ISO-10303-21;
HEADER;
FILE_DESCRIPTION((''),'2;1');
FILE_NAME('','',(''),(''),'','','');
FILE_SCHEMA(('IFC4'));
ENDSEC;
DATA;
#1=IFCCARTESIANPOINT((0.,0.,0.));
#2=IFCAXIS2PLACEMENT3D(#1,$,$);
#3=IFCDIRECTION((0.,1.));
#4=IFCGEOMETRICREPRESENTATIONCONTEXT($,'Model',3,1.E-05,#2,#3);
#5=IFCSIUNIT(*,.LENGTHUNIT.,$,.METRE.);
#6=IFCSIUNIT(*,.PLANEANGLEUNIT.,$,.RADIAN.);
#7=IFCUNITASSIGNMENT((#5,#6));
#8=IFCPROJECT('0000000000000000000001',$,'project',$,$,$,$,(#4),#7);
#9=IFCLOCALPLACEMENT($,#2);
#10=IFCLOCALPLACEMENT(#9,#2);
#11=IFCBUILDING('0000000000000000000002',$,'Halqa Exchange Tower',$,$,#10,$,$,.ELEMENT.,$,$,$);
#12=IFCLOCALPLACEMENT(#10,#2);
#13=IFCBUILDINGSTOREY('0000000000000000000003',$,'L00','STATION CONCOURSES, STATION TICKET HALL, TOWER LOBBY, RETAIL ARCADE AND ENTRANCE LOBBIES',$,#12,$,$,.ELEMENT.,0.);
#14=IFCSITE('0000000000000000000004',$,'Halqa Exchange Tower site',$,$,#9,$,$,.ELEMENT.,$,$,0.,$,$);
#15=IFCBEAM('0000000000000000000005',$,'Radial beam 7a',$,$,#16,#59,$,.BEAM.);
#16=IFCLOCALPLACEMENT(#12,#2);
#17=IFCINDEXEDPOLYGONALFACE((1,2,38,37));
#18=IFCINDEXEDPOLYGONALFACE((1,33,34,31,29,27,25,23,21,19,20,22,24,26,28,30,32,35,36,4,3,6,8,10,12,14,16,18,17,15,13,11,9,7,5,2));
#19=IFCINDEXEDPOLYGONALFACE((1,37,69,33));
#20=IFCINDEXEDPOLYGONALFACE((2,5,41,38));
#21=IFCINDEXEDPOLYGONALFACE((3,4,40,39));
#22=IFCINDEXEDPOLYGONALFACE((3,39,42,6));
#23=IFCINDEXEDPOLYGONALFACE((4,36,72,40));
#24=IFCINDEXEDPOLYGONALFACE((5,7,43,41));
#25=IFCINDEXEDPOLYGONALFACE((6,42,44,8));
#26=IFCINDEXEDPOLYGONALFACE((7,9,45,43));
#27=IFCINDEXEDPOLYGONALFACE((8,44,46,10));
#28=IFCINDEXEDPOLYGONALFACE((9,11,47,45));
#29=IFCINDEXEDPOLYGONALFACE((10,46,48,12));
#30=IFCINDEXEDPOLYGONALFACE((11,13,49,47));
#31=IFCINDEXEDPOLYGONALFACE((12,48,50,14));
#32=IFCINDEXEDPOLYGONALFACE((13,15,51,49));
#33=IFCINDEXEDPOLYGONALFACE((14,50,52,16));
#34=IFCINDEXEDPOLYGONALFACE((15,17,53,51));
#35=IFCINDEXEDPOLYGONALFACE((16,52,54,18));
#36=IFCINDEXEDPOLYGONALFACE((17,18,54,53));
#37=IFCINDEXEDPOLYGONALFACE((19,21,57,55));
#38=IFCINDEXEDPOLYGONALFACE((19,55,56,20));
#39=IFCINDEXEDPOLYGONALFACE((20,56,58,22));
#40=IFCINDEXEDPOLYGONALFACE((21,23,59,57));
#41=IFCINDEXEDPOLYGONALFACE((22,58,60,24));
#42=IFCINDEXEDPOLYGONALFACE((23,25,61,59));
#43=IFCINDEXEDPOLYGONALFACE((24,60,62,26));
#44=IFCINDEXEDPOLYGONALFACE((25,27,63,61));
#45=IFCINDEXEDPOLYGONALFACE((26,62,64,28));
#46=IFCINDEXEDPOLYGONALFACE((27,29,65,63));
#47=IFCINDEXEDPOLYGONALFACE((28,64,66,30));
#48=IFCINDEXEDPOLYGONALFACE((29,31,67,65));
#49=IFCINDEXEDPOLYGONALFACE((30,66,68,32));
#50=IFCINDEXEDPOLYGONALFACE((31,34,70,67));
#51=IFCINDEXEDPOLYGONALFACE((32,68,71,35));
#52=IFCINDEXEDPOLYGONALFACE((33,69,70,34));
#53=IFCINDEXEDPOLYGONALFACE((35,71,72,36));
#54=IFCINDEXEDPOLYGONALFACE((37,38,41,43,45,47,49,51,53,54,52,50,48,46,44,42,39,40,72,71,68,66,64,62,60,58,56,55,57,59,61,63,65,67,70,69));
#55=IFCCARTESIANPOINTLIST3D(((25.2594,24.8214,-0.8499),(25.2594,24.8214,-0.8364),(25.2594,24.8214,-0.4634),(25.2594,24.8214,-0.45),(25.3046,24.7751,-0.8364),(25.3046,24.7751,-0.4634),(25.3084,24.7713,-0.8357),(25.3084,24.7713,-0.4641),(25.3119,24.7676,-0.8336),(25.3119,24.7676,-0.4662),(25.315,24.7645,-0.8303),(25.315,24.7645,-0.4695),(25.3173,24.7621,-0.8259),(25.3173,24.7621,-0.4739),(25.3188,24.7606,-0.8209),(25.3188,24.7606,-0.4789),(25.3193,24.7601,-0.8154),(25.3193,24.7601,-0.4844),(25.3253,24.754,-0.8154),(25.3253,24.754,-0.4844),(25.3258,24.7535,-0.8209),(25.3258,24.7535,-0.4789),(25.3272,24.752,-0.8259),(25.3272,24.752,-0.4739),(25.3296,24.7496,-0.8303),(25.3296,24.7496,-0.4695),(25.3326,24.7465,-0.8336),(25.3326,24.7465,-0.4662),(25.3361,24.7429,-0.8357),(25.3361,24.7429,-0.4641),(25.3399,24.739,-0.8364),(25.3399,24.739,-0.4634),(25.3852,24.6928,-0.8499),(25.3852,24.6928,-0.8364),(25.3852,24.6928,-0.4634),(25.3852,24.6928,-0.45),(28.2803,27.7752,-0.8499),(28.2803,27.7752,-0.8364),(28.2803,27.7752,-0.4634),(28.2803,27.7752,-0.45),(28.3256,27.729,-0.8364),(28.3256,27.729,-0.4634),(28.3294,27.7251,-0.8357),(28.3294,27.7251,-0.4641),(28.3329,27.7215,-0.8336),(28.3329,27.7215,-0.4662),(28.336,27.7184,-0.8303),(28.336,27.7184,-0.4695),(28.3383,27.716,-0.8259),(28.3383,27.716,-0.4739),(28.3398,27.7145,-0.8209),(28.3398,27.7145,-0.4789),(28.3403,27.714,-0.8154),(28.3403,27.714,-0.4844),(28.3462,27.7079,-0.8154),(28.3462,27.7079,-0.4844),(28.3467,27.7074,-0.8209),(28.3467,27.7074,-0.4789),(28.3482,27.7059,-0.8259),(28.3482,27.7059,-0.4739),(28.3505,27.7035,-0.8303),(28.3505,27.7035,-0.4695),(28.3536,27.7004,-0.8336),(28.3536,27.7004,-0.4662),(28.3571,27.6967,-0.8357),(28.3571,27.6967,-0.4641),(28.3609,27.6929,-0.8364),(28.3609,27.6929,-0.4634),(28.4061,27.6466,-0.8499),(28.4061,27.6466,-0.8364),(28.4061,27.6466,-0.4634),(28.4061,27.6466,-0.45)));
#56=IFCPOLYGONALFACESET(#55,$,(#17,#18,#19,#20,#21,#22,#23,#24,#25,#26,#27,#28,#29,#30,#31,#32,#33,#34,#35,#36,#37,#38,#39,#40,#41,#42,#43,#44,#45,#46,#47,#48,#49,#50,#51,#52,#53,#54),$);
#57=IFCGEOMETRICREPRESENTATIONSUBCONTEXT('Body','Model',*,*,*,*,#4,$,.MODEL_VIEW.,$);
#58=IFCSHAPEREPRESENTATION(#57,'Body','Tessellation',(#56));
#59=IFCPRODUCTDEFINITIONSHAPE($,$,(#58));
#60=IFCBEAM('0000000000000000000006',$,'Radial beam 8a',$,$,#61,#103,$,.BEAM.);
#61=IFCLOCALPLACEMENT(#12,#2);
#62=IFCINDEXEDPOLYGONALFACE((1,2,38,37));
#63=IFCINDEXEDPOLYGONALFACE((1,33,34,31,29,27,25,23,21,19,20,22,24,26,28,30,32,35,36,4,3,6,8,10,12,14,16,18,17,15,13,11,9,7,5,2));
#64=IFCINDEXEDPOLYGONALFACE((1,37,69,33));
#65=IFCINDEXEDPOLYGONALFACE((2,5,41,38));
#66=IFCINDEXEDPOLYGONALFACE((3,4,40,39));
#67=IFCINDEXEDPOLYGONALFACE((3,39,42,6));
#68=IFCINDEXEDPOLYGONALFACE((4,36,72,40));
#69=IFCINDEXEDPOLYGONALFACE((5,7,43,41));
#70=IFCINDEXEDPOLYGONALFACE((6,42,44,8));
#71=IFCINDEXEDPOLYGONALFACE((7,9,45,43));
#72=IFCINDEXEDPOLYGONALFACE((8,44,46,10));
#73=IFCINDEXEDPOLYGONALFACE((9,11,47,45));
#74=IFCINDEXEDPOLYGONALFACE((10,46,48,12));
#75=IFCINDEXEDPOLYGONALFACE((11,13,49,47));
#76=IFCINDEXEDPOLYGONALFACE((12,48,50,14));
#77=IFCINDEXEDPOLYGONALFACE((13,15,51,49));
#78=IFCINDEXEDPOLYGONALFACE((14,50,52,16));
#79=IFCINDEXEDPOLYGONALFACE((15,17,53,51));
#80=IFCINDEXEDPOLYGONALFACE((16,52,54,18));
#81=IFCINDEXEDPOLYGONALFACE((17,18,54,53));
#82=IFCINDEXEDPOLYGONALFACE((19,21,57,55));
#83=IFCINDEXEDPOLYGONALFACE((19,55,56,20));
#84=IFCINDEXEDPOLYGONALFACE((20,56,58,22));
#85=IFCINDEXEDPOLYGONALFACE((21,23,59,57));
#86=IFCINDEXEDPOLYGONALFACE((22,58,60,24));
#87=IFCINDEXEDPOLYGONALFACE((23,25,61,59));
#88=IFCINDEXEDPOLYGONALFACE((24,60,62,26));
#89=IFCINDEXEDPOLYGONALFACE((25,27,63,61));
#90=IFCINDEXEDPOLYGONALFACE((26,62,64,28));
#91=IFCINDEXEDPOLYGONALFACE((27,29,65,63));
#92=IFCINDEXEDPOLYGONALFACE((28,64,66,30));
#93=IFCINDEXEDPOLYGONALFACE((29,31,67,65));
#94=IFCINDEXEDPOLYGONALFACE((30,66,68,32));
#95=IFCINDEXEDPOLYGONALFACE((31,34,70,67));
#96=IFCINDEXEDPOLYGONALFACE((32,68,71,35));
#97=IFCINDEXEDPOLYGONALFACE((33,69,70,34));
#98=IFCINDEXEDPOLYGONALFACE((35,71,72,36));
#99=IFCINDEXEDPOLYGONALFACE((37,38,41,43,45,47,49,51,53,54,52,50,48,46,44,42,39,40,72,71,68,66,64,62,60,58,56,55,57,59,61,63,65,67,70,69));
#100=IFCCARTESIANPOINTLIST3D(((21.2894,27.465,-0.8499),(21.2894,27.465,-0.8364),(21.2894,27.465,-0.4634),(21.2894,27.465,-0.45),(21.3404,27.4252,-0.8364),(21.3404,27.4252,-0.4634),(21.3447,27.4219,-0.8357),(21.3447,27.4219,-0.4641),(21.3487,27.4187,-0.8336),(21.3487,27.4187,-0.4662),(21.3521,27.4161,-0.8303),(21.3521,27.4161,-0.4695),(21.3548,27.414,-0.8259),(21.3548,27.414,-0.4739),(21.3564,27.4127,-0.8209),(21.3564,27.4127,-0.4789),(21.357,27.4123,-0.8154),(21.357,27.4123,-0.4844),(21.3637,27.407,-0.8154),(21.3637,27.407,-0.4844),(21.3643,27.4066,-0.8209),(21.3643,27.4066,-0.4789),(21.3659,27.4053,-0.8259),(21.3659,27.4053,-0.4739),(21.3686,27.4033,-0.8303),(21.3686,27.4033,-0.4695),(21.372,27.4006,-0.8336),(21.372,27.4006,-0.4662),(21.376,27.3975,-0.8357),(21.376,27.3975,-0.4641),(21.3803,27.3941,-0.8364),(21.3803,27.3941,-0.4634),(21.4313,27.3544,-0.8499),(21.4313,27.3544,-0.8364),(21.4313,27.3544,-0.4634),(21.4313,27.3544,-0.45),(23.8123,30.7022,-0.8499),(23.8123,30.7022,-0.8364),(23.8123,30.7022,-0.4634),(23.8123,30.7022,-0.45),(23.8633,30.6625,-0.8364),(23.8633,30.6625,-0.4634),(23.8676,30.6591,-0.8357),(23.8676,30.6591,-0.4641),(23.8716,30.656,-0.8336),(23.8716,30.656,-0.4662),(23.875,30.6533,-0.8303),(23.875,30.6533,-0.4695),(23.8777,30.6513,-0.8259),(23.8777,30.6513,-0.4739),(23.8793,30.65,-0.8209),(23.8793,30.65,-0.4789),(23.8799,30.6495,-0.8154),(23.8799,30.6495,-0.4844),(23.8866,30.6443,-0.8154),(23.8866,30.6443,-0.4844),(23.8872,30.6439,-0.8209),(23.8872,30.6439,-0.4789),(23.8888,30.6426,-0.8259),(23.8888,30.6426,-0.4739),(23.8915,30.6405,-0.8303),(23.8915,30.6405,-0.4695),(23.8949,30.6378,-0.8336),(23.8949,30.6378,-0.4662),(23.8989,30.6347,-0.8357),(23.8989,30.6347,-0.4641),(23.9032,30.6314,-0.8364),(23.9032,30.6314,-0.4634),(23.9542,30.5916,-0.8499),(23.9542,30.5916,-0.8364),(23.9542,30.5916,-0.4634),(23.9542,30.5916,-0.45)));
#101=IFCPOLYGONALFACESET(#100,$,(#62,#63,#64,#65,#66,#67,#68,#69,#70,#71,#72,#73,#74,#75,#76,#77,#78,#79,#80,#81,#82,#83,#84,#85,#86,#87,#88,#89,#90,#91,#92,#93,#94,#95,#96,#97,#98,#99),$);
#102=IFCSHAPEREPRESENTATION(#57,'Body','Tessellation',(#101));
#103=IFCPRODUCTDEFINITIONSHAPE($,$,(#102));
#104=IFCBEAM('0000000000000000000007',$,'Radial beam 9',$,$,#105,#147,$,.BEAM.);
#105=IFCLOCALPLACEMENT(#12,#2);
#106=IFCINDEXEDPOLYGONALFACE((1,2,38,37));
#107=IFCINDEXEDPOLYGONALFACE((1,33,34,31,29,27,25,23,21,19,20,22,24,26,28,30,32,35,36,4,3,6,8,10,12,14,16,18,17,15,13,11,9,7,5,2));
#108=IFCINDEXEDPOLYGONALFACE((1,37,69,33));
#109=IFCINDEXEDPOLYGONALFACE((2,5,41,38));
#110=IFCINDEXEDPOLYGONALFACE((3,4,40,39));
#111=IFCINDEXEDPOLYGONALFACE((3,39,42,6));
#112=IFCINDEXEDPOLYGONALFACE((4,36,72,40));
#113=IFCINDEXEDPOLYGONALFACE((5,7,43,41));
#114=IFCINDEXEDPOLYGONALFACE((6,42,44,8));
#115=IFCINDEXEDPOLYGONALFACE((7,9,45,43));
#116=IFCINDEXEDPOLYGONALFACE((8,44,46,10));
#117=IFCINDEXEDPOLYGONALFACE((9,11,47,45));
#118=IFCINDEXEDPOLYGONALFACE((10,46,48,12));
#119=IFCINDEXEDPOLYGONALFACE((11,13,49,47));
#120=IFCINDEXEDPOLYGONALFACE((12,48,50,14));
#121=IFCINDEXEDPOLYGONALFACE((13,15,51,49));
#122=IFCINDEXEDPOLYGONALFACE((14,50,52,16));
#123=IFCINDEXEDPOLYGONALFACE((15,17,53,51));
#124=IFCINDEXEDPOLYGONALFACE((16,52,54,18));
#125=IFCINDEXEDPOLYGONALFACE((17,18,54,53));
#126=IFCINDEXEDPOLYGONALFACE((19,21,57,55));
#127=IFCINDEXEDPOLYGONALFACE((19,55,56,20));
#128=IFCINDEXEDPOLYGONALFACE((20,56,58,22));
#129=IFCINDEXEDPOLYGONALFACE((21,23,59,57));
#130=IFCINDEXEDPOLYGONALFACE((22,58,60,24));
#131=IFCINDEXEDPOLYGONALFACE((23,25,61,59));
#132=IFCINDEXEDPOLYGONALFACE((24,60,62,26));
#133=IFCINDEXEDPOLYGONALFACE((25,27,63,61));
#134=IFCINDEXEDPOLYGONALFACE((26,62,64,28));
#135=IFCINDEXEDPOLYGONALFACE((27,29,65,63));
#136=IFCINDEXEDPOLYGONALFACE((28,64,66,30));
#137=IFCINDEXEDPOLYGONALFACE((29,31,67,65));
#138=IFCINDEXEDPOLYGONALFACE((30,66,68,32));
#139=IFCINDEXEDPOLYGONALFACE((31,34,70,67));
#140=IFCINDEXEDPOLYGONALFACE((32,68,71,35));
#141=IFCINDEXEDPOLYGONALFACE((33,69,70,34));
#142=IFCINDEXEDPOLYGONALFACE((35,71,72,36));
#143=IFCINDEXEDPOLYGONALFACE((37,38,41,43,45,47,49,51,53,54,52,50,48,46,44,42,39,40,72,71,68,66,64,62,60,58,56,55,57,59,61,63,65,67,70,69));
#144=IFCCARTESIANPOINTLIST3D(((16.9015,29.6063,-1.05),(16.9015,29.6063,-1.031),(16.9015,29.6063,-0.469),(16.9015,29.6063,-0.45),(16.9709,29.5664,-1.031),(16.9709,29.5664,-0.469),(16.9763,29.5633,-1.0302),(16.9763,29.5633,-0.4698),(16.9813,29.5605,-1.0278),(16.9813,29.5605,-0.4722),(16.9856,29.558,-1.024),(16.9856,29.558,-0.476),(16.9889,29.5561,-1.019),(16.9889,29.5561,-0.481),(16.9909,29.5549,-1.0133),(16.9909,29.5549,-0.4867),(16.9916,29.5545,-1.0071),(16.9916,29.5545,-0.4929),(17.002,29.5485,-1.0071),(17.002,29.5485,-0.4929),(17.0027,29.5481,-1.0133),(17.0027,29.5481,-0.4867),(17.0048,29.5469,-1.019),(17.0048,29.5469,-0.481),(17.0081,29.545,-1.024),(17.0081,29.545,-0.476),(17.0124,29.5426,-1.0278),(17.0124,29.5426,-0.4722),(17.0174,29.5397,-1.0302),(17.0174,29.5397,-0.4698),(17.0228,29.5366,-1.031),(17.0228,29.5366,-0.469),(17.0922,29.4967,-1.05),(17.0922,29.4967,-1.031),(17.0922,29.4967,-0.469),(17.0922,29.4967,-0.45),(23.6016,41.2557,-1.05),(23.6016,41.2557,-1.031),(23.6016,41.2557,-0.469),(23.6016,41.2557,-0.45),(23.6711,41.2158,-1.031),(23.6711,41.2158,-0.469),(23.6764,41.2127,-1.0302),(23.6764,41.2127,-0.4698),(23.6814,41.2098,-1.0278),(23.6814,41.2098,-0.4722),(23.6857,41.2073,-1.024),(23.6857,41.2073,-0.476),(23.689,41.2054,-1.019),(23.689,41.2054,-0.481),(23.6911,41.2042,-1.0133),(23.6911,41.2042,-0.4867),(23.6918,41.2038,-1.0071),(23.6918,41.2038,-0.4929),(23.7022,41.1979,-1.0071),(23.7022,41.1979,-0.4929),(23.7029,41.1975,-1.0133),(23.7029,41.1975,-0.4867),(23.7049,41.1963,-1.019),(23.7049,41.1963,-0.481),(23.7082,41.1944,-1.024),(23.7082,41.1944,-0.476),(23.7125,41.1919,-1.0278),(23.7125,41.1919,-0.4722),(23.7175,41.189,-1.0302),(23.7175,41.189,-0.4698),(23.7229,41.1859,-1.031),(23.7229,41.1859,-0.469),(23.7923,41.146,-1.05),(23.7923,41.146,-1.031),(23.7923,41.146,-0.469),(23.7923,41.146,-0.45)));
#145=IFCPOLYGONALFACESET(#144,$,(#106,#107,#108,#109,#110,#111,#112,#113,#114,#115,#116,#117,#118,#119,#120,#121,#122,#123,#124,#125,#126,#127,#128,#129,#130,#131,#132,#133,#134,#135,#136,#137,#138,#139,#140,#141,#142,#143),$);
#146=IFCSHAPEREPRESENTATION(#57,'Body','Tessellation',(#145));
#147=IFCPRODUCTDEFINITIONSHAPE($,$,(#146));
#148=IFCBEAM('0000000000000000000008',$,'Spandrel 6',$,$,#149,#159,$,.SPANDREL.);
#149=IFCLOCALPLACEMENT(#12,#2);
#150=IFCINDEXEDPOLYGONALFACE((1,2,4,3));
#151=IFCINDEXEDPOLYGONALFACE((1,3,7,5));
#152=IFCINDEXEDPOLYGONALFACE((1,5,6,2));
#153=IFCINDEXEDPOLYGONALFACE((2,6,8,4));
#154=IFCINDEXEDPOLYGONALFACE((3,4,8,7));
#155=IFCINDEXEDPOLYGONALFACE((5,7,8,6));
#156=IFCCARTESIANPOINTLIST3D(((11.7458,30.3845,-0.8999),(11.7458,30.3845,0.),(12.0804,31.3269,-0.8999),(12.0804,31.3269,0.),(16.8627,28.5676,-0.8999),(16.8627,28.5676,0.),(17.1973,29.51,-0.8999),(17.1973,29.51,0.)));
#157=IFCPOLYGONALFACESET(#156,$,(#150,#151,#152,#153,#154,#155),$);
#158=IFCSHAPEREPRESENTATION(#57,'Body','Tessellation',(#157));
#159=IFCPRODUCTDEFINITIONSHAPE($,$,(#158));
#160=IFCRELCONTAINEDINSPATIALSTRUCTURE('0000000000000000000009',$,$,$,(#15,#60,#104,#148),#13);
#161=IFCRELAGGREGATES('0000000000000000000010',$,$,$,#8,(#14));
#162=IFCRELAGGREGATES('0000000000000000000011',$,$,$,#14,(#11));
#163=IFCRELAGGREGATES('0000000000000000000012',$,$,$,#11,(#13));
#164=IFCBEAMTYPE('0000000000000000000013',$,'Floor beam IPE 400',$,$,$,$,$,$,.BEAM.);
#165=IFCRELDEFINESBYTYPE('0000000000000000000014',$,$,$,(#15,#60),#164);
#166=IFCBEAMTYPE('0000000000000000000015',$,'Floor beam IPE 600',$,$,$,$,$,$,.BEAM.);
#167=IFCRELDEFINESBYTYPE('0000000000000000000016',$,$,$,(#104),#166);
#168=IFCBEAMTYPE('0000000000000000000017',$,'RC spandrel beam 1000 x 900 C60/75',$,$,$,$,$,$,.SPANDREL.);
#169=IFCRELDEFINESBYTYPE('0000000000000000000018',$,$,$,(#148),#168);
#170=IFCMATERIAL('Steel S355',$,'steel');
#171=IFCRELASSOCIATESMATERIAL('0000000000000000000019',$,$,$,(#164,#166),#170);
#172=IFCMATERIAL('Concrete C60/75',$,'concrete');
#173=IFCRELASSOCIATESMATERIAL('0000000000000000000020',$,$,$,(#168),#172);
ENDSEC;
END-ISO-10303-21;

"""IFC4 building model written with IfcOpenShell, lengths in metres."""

from ifc_helpers import new_model, si_unit, direction, frame, origin, origin_2d, place, context, subcontext, project, spatial, rectangle, i_section, extrude, material, material_profile, profile_set, type_object, element, save


model = new_model("IFC4")

# Units and contexts
model_context = context("Model", 3, precision=1e-05, world=origin(), true_north=direction((0.0, 1.0)))
body_context = subcontext(model_context, "Body", "Model", "MODEL_VIEW")
ifc_project = project(units=[si_unit("LENGTHUNIT", "METRE"), si_unit("PLANEANGLEUNIT", "RADIAN")], contexts=[model_context])

# Site, building, storey
site_placement = place(None, origin())
site = spatial("IfcSite", under=ifc_project, at=site_placement, Name="Halqa Exchange Tower site", CompositionType="ELEMENT", RefElevation=0.0)
building_placement = place(site_placement, origin())
building = spatial("IfcBuilding", under=site, at=building_placement, Name="Halqa Exchange Tower", CompositionType="ELEMENT")
storey_placement = place(building_placement, origin())
storey = spatial("IfcBuildingStorey", under=building, at=storey_placement, Name="L00", Description="STATION CONCOURSES, STATION TICKET HALL, TOWER LOBBY, RETAIL ARCADE AND ENTRANCE LOBBIES", CompositionType="ELEMENT", Elevation=0.0)

# Beams
ifc_material_1 = material(Name="Steel S355", Category="steel")
ifc_material_profile_1 = material_profile(ifc_material_1, i_section(OverallWidth=0.1799, OverallDepth=0.3999, WebThickness=0.0085, FlangeThickness=0.0134, FilletRadius=0.021, at=origin_2d()), Name="IPE 400")
ifc_profile_set_1 = profile_set([ifc_material_profile_1], Name="Steel S355")
beam_type_1 = type_object("IfcBeamType", Name="Floor beam IPE 400", PredefinedType="BEAM", material=ifc_profile_set_1)
beam_1_placement = place(storey_placement, frame((25.3223, 24.7571, -0.6499), z_axis=(0.715007, 0.699117, 0.0), x_axis=(-0.699117, 0.715007, 0.0)))
element("IfcBeam", 1, at=beam_1_placement, inside=storey, type_object=beam_type_1, Name="Radial beam 7a", PredefinedType="BEAM", context=body_context, shape_type="SweptSolid", body=[
    extrude(i_section(OverallWidth=0.1799, OverallDepth=0.3999, WebThickness=0.0085, FlangeThickness=0.0134, FilletRadius=0.021, at=origin_2d()), origin(), (0.0, 0.0, 1.0), 4.2251),
])
beam_2_placement = place(storey_placement, frame((21.3604, 27.4097, -0.6499), z_axis=(0.614706, 0.788756, 0.0), x_axis=(-0.788756, 0.614706, 0.0)))
element("IfcBeam", 2, at=beam_2_placement, inside=storey, type_object=beam_type_1, Name="Radial beam 8a", PredefinedType="BEAM", context=body_context, shape_type="SweptSolid", body=[
    extrude(i_section(OverallWidth=0.1799, OverallDepth=0.3999, WebThickness=0.0085, FlangeThickness=0.0134, FilletRadius=0.021, at=origin_2d()), origin(), (0.0, 0.0, 1.0), 4.1042),
])
ifc_material_profile_2 = material_profile(ifc_material_1, i_section(OverallWidth=0.22, OverallDepth=0.6001, WebThickness=0.012, FlangeThickness=0.019, FilletRadius=0.0239, at=origin_2d()), Name="IPE 600")
ifc_profile_set_2 = profile_set([ifc_material_profile_2], Name="Steel S355")
beam_type_2 = type_object("IfcBeamType", Name="Floor beam IPE 600", PredefinedType="BEAM", material=ifc_profile_set_2)
beam_3_placement = place(storey_placement, frame((16.9968, 29.5515, -0.75), z_axis=(0.498571, 0.866849, 0.0), x_axis=(-0.866849, 0.498571, 0.0)))
element("IfcBeam", 3, at=beam_3_placement, inside=storey, type_object=beam_type_2, Name="Radial beam 9", PredefinedType="BEAM", context=body_context, shape_type="SweptSolid", body=[
    extrude(i_section(OverallWidth=0.22, OverallDepth=0.6001, WebThickness=0.012, FlangeThickness=0.019, FilletRadius=0.0239, at=origin_2d()), origin(), (0.0, 0.0, 1.0), 13.4387),
])
ifc_material_2 = material(Name="Concrete C60/75", Category="concrete")
ifc_material_profile_3 = material_profile(ifc_material_2, rectangle(XDim=1.0, YDim=0.8999, at=origin_2d()), Name="1000 x 900")
ifc_profile_set_3 = profile_set([ifc_material_profile_3], Name="Concrete C60/75")
beam_type_3 = type_object("IfcBeamType", Name="RC spandrel beam 1000 x 900 C60/75", PredefinedType="SPANDREL", material=ifc_profile_set_3)
beam_4_placement = place(storey_placement, frame((17.03, 29.0388, -0.45), z_axis=(-0.942358, 0.334607, 0.0), x_axis=(-0.334607, -0.942358, 0.0)))
element("IfcBeam", 4, at=beam_4_placement, inside=storey, type_object=beam_type_3, Name="Spandrel 6", PredefinedType="SPANDREL", context=body_context, shape_type="SweptSolid", body=[
    extrude(rectangle(XDim=1.0, YDim=0.8999, at=origin_2d()), origin(), (0.0, 0.0, 1.0), 5.4299),
])

save(model, "model.ifc")
